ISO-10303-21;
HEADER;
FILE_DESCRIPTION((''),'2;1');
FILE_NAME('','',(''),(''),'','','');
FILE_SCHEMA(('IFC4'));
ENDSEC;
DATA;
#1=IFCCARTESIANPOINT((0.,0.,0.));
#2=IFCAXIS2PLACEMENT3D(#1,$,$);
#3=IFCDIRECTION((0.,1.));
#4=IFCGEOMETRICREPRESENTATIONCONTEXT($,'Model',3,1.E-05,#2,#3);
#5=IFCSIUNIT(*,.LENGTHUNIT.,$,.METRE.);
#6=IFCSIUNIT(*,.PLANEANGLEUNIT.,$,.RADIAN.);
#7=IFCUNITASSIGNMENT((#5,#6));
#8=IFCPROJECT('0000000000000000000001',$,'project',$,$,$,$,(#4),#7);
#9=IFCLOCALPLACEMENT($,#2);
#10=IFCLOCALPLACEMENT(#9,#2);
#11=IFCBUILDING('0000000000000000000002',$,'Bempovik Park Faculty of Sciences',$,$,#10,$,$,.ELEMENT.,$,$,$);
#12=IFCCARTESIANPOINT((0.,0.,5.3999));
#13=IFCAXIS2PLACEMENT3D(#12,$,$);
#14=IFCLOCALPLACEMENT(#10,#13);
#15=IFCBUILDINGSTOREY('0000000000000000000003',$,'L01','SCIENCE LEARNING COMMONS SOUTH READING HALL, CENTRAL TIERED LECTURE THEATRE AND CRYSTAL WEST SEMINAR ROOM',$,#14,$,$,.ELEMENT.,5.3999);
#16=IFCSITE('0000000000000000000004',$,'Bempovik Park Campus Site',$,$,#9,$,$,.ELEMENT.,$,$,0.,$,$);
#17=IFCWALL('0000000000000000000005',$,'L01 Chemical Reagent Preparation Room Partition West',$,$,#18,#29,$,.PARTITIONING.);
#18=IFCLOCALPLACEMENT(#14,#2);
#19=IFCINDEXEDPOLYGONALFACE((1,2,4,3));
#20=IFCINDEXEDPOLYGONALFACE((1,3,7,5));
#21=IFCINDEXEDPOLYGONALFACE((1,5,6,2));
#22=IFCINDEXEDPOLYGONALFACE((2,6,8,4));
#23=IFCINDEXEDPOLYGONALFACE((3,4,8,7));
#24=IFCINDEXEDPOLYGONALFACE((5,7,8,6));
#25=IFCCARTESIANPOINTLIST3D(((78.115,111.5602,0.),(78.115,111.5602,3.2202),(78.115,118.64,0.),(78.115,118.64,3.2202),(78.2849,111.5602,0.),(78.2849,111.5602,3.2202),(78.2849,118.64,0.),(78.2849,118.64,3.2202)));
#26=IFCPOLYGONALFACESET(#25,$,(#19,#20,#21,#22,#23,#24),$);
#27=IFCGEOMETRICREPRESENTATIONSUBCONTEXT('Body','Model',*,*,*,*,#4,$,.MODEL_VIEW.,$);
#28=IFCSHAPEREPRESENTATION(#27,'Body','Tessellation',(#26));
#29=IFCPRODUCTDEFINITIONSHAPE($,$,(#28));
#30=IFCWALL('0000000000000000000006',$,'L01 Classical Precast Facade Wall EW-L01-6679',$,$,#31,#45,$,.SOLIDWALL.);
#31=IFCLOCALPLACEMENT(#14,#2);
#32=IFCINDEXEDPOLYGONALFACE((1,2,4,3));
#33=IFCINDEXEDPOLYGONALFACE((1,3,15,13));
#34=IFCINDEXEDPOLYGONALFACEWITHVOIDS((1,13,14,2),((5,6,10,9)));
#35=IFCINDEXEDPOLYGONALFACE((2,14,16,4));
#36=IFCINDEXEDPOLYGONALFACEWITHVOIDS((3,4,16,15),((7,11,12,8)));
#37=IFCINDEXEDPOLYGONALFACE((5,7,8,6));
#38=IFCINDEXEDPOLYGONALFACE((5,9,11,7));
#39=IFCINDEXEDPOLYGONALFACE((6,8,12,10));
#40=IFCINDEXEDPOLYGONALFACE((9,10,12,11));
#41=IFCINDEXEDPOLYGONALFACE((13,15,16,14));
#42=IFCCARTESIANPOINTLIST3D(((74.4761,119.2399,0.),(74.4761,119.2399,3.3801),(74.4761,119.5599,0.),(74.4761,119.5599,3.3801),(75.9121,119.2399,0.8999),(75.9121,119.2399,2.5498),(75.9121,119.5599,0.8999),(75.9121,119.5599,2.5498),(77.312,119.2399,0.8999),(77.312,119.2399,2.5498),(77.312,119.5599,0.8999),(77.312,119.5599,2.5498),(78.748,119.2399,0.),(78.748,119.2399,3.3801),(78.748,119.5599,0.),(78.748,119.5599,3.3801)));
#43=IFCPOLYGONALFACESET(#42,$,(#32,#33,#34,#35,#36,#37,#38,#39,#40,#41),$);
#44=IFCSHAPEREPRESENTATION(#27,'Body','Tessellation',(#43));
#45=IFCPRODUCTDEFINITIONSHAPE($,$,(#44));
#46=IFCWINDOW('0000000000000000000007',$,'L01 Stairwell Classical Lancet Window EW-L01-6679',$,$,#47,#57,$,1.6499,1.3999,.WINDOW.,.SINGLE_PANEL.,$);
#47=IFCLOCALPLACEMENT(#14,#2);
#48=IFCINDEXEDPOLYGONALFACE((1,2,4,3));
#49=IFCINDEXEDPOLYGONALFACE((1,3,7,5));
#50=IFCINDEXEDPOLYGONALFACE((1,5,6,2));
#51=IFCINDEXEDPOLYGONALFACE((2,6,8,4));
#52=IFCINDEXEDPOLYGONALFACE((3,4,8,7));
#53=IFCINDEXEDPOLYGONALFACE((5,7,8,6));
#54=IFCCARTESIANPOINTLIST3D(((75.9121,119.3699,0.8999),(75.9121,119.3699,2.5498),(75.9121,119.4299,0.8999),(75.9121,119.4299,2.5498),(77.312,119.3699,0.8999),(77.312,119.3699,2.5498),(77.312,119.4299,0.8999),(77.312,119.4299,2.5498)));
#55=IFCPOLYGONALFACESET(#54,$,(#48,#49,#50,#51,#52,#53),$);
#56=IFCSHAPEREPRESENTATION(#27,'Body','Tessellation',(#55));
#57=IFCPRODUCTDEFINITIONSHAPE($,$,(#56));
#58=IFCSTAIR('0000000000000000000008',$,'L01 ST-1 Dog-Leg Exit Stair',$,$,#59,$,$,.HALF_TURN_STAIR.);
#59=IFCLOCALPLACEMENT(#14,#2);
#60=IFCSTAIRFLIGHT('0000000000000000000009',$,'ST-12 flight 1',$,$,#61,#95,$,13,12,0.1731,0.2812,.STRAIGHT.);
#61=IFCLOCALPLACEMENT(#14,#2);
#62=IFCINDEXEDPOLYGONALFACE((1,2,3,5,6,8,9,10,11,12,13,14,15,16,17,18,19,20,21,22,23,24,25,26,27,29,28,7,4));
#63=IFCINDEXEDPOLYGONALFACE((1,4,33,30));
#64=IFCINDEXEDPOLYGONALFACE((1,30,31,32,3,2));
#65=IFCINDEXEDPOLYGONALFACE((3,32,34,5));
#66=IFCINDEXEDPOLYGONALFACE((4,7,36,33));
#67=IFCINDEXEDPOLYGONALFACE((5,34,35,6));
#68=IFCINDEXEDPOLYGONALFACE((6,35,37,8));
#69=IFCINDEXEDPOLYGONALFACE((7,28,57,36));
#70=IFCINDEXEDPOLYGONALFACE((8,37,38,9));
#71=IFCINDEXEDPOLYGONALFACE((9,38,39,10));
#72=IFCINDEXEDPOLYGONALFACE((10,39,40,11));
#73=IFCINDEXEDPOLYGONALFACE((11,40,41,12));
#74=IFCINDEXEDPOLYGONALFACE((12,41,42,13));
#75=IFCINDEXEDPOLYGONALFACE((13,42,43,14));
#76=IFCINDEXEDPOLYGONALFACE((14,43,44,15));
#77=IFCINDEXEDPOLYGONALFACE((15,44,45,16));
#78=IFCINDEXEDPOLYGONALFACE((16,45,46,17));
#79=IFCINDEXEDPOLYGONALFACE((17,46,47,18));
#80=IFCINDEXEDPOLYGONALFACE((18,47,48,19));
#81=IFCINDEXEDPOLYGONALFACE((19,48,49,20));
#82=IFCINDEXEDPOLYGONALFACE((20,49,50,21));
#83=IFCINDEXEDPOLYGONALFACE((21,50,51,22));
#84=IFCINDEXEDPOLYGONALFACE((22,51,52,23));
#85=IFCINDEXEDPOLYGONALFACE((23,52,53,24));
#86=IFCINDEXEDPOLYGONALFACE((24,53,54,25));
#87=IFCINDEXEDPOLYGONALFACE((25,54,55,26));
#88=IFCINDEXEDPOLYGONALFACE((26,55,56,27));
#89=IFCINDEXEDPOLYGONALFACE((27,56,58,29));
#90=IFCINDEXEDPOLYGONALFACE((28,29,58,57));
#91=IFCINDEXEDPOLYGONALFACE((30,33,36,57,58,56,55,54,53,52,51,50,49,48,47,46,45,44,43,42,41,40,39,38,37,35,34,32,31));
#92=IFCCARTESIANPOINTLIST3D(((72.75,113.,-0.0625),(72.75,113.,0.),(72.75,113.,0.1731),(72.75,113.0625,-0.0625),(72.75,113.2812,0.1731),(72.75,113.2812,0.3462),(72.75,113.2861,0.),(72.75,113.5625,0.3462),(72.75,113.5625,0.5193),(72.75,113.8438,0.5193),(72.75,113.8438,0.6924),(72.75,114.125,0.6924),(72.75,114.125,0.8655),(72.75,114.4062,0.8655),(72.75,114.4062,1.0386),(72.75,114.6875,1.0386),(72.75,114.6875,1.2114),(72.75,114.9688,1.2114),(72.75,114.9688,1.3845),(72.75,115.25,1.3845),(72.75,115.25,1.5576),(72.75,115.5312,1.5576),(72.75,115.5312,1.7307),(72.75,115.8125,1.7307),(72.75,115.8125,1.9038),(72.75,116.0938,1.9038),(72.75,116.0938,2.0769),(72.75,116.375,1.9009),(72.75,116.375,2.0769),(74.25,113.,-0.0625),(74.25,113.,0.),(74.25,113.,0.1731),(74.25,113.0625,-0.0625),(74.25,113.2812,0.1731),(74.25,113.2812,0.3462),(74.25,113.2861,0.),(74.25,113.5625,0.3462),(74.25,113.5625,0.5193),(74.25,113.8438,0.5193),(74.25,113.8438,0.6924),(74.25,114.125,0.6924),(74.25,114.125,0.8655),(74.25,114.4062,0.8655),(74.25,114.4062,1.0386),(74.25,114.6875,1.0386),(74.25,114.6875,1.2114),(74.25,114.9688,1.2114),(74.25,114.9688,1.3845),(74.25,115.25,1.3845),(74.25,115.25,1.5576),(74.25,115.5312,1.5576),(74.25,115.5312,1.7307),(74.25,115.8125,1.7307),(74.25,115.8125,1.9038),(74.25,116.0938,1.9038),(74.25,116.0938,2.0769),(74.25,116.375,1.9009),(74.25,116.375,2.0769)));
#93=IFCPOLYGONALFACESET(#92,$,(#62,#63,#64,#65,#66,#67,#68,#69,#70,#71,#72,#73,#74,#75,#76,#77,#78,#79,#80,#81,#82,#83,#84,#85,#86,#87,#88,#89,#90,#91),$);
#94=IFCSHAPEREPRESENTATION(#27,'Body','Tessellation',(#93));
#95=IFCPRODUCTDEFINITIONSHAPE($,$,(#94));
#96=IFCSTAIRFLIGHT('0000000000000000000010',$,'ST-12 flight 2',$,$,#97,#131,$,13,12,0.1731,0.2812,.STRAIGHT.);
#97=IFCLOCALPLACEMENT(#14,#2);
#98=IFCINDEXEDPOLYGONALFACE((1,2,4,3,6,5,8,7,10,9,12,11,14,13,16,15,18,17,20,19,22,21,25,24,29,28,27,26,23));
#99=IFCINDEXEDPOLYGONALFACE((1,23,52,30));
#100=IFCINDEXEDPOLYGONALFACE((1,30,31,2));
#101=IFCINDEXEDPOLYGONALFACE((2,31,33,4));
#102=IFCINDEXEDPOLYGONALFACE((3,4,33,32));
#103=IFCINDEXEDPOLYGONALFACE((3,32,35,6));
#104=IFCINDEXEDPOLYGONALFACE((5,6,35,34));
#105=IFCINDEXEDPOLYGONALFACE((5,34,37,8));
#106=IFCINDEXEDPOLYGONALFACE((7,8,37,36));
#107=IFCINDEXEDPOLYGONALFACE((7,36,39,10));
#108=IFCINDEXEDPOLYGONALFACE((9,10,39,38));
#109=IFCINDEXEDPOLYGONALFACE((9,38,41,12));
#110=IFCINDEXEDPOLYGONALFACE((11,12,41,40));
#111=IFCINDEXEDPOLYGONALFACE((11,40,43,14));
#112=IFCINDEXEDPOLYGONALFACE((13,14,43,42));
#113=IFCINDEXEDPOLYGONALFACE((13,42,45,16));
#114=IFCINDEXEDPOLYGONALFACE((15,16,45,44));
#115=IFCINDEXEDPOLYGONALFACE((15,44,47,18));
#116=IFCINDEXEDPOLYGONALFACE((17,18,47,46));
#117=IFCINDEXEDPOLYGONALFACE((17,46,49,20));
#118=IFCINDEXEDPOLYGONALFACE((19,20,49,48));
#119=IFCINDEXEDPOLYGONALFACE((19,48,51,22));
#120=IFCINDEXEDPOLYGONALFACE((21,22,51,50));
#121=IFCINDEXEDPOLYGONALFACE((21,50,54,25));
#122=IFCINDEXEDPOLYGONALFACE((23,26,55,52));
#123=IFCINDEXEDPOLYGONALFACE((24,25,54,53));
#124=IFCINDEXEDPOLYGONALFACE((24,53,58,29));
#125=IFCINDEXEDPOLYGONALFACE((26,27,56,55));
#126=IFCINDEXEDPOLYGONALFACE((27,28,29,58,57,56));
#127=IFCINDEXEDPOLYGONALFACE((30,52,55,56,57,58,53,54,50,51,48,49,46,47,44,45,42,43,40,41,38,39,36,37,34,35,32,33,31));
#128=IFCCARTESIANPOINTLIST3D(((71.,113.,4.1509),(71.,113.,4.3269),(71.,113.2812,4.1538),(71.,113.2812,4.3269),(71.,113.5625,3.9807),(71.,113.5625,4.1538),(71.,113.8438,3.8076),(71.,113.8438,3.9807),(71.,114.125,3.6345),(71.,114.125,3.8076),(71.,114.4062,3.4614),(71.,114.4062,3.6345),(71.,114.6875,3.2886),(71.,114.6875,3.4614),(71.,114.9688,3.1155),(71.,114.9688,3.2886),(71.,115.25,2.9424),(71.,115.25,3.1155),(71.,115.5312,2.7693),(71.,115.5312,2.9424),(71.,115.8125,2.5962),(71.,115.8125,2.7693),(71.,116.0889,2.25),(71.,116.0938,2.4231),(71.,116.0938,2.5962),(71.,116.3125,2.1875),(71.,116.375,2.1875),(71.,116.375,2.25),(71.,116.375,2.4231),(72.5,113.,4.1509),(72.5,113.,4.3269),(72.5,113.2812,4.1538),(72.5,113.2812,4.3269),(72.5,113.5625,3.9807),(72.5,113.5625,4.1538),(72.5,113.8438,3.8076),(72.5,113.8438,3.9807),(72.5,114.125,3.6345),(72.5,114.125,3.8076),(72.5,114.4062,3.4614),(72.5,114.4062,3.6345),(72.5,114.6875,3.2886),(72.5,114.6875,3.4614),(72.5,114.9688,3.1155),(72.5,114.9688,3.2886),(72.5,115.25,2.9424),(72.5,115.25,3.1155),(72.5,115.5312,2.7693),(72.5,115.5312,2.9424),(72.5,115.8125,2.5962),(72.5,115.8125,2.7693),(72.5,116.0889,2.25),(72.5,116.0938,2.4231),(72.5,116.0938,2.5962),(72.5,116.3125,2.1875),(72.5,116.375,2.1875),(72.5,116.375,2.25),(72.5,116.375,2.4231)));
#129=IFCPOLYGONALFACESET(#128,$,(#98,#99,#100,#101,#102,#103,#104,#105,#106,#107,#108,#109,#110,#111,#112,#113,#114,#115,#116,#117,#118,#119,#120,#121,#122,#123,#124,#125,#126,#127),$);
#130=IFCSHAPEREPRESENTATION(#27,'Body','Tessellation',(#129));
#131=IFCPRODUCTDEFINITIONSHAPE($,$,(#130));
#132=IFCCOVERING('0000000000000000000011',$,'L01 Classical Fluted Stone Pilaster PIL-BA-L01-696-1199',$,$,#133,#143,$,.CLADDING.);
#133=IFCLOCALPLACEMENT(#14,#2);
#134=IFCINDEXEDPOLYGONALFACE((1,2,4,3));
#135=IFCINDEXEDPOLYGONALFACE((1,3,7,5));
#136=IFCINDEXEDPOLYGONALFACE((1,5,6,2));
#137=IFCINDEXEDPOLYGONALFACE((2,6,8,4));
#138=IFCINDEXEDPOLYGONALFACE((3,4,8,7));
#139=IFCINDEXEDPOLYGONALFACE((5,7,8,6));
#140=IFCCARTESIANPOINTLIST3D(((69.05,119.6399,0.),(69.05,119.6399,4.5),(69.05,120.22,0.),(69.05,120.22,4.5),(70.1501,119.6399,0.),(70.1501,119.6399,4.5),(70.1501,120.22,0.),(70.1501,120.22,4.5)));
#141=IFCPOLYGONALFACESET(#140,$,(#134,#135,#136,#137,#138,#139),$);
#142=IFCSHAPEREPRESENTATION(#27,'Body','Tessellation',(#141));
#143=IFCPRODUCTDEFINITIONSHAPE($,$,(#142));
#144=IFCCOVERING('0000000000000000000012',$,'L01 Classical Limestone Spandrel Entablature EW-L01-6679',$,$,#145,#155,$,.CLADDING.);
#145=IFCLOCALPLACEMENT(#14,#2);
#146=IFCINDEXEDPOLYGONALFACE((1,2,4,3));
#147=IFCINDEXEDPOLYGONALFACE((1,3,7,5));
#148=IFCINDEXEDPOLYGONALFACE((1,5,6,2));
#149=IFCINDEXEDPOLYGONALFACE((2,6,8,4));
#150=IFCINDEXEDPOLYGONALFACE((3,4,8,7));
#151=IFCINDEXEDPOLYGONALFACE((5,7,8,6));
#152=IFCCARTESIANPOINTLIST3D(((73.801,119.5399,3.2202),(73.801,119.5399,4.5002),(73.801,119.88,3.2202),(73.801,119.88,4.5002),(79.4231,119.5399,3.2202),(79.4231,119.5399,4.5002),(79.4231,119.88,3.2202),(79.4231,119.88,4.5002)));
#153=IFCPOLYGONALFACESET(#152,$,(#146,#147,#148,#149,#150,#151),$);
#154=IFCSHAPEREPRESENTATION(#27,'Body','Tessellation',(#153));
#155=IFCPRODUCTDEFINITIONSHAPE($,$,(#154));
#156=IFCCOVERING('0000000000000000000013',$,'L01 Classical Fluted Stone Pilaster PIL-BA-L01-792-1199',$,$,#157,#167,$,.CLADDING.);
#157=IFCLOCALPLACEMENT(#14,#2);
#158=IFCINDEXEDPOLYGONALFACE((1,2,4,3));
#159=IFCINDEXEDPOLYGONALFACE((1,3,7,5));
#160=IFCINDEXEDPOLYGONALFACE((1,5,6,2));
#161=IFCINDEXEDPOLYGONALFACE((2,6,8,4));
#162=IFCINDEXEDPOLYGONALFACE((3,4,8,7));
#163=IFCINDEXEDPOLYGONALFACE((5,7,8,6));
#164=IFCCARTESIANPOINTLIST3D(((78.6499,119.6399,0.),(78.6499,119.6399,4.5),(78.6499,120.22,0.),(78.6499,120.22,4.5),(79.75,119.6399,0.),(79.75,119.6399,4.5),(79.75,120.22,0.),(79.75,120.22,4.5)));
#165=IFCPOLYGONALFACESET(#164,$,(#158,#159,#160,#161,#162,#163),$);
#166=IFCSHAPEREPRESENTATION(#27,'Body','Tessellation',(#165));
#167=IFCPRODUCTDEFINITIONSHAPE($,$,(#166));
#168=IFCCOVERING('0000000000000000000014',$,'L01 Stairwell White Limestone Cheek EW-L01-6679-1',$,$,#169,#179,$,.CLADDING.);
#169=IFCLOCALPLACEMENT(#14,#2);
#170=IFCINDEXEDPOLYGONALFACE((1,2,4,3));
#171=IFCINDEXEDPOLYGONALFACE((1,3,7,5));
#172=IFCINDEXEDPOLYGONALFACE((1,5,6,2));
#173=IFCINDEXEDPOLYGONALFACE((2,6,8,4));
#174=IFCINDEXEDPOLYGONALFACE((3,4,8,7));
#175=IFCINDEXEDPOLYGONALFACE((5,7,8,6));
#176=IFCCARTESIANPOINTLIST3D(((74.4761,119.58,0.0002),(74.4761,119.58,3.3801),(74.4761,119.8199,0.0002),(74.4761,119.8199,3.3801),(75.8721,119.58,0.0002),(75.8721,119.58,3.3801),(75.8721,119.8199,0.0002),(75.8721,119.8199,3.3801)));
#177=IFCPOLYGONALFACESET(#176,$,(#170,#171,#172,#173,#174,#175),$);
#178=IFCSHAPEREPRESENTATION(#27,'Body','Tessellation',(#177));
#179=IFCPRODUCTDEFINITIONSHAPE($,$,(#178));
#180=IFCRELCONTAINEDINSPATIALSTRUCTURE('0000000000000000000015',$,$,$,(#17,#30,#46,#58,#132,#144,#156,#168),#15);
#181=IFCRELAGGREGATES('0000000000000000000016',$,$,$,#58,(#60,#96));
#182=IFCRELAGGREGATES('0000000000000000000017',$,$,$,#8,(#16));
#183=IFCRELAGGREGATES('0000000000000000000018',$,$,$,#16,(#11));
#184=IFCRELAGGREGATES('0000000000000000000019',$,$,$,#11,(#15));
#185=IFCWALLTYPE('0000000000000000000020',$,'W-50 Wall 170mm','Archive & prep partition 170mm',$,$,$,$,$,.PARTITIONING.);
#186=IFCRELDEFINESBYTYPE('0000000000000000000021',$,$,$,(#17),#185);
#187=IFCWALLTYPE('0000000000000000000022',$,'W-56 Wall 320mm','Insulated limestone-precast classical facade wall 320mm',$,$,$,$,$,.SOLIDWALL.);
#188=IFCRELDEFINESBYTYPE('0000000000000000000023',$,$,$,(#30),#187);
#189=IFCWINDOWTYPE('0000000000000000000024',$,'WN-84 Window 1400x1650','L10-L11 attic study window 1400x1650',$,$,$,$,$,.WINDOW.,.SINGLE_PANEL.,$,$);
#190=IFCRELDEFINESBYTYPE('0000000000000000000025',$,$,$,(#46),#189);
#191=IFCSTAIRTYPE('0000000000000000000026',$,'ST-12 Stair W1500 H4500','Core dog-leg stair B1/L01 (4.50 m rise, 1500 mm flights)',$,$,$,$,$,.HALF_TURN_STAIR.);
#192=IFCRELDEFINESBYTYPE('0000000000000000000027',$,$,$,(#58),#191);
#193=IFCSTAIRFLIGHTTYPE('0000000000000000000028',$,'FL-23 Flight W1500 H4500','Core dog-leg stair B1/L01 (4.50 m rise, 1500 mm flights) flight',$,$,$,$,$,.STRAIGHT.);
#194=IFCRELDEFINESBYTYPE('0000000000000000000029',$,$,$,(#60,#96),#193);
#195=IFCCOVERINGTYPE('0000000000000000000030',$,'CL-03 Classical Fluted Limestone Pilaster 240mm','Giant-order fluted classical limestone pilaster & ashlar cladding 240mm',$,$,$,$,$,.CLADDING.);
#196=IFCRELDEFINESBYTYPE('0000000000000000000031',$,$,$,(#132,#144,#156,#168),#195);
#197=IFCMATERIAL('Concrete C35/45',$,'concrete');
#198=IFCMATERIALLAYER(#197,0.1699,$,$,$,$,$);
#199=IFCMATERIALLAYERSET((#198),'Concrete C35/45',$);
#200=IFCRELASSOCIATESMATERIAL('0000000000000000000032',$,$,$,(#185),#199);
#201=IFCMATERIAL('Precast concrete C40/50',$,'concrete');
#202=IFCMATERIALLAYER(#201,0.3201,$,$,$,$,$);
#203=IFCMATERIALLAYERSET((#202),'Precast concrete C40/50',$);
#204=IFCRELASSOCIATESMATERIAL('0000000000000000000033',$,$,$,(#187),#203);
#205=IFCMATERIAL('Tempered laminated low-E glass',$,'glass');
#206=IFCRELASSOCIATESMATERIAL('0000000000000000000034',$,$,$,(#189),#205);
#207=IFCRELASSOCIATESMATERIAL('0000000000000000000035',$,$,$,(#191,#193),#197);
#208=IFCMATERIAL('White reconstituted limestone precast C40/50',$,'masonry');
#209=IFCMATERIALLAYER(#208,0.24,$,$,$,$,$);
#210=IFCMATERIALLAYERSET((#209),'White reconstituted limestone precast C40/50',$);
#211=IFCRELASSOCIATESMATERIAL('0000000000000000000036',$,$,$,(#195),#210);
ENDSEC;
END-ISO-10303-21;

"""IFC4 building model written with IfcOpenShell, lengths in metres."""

from ifc_helpers import new_model, si_unit, direction, frame, frame_2d, origin, origin_2d, place, context, subcontext, project, spatial, polyline, rectangle, outline, extrude, material, layer, layer_set, type_object, element, fill, aggregate, save


model = new_model("IFC4")

# Units and contexts
model_context = context("Model", 3, precision=1e-05, world=origin(), true_north=direction((0.0, 1.0)))
body_context = subcontext(model_context, "Body", "Model", "MODEL_VIEW")
ifc_project = project(units=[si_unit("LENGTHUNIT", "METRE"), si_unit("PLANEANGLEUNIT", "RADIAN")], contexts=[model_context])

# Site, building, storey
site_placement = place(None, origin())
site = spatial("IfcSite", under=ifc_project, at=site_placement, Name="Bempovik Park Campus Site", CompositionType="ELEMENT", RefElevation=0.0)
building_placement = place(site_placement, origin())
building = spatial("IfcBuilding", under=site, at=building_placement, Name="Bempovik Park Faculty of Sciences", CompositionType="ELEMENT")
storey_placement = place(building_placement, frame((0.0, 0.0, 5.3999)))
storey = spatial("IfcBuildingStorey", under=building, at=storey_placement, Name="L01", Description="SCIENCE LEARNING COMMONS SOUTH READING HALL, CENTRAL TIERED LECTURE THEATRE AND CRYSTAL WEST SEMINAR ROOM", CompositionType="ELEMENT", Elevation=5.3999)

# Shared definitions
ifc_material_1 = material(Name="Concrete C35/45", Category="concrete")

# Wall
ifc_layer_1 = layer(ifc_material_1, 0.1699)
ifc_layer_set_1 = layer_set([ifc_layer_1], Name="Concrete C35/45")
wall_type_1 = type_object("IfcWallType", Name="W-50 Wall 170mm", Description="Archive & prep partition 170mm", PredefinedType="PARTITIONING", material=ifc_layer_set_1)
wall_1_placement = place(storey_placement, frame((78.2, 111.5601, 0.0), z_axis=(0.0, 0.0, 1.0), x_axis=(0.0, 1.0, 0.0)))
element("IfcWall", 1, at=wall_1_placement, inside=storey, type_object=wall_type_1, Name="L01 Chemical Reagent Preparation Room Partition West", PredefinedType="PARTITIONING", context=body_context, shape_type="SweptSolid", body=[
    extrude(rectangle(XDim=7.0798, YDim=0.1699, at=frame_2d((3.54, 0.0))), origin(), (0.0, 0.0, 1.0), 3.2202),
])

# Wall, opening, window
ifc_material_2 = material(Name="Precast concrete C40/50", Category="concrete")
ifc_layer_2 = layer(ifc_material_2, 0.3201)
ifc_layer_set_2 = layer_set([ifc_layer_2], Name="Precast concrete C40/50")
wall_type_2 = type_object("IfcWallType", Name="W-56 Wall 320mm", Description="Insulated limestone-precast classical facade wall 320mm", PredefinedType="SOLIDWALL", material=ifc_layer_set_2)
wall_2_placement = place(storey_placement, frame((74.4761, 119.3999, 0.0), z_axis=(0.0, 0.0, 1.0), x_axis=(1.0, 0.0, 0.0)))
wall_2 = element("IfcWall", 2, at=wall_2_placement, inside=storey, type_object=wall_type_2, Name="L01 Classical Precast Facade Wall EW-L01-6679", PredefinedType="SOLIDWALL", context=body_context, shape_type="SweptSolid", body=[
    extrude(rectangle(XDim=4.272, YDim=0.3201, at=frame_2d((2.136, 0.0))), origin(), (0.0, 0.0, 1.0), 3.3801),
])
opening_1_placement = place(wall_2_placement, frame((1.436, 0.0, 0.8999)))
opening_1 = element("IfcOpeningElement", 3, at=opening_1_placement, cuts=wall_2, PredefinedType="OPENING", context=body_context, shape_type="SweptSolid", body=[
    extrude(rectangle(XDim=1.3999, YDim=1.6499, at=frame_2d((0.7, 0.825))), frame((0.0, 0.1699, 0.0), z_axis=(0.0, -1.0, 0.0), x_axis=(1.0, 0.0, 0.0)), (0.0, 0.0, 1.0), 0.3401),
])
ifc_material_3 = material(Name="Tempered laminated low-E glass", Category="glass")
window_type = type_object("IfcWindowType", Name="WN-84 Window 1400x1650", Description="L10-L11 attic study window 1400x1650", PartitioningType="SINGLE_PANEL", PredefinedType="WINDOW", material=ifc_material_3)
window_placement = place(opening_1_placement, origin())
window = element("IfcWindow", 4, at=window_placement, inside=storey, type_object=window_type, Name="L01 Stairwell Classical Lancet Window EW-L01-6679", OverallHeight=1.6499, OverallWidth=1.3999, PartitioningType="SINGLE_PANEL", PredefinedType="WINDOW", context=body_context, shape_type="SweptSolid", body=[
    extrude(rectangle(XDim=1.3999, YDim=1.6499, at=frame_2d((0.7, 0.825))), frame((0.0, 0.03, 0.0), z_axis=(0.0, -1.0, 0.0), x_axis=(1.0, 0.0, 0.0)), (0.0, 0.0, 1.0), 0.0601),
])
fill(opening_1, window)

# Stair, stair flights
stair_type = type_object("IfcStairType", Name="ST-12 Stair W1500 H4500", Description="Core dog-leg stair B1/L01 (4.50 m rise, 1500 mm flights)", PredefinedType="HALF_TURN_STAIR", material=ifc_material_1)
stair_placement = place(storey_placement, origin())
stair = element("IfcStair", 5, at=stair_placement, inside=storey, type_object=stair_type, Name="L01 ST-1 Dog-Leg Exit Stair", PredefinedType="HALF_TURN_STAIR")
stair_flight_type = type_object("IfcStairFlightType", Name="FL-23 Flight W1500 H4500", Description="Core dog-leg stair B1/L01 (4.50 m rise, 1500 mm flights) flight", PredefinedType="STRAIGHT", material=ifc_material_1)
stair_flight_1_placement = place(storey_placement, frame((73.5, 113.0, 0.0), z_axis=(0.0, 0.0, 1.0), x_axis=(0.0, 1.0, 0.0)))
stair_flight_1 = element("IfcStairFlight", 6, at=stair_flight_1_placement, type_object=stair_flight_type, Name="ST-12 flight 1", NumberOfRisers=13, NumberOfTreads=12, PredefinedType="STRAIGHT", RiserHeight=0.1731, TreadLength=0.2812, context=body_context, shape_type="SweptSolid", body=[
    extrude(outline(polyline([(0.0, 0.0), (0.0, 0.1731), (0.2812, 0.1731), (0.2812, 0.3462), (0.5625, 0.3462), (0.5625, 0.5193), (0.8438, 0.5193), (0.8438, 0.6924), (1.125, 0.6924), (1.125, 0.8655), (1.4062, 0.8655), (1.4062, 1.0386), (1.6875, 1.0386), (1.6875, 1.2114), (1.9688, 1.2114), (1.9688, 1.3845), (2.25, 1.3845), (2.25, 1.5576), (2.5312, 1.5576), (2.5312, 1.7307), (2.8125, 1.7307), (2.8125, 1.9038), (3.0938, 1.9038), (3.0938, 2.0769), (3.375, 2.0769), (3.375, 2.25), (3.375, 1.9009), (0.2861, 0.0), (0.0625, -0.0625), (0.0, -0.0625), (0.0, 0.0)])), frame((0.0, 0.75, 0.0), z_axis=(0.0, -1.0, 0.0), x_axis=(1.0, 0.0, 0.0)), (0.0, 0.0, 1.0), 1.5),
])
stair_flight_2_placement = place(storey_placement, frame((71.75, 116.375, 2.25), z_axis=(0.0, 0.0, 1.0), x_axis=(0.0, -1.0, 0.0)))
stair_flight_2 = element("IfcStairFlight", 7, at=stair_flight_2_placement, type_object=stair_flight_type, Name="ST-12 flight 2", NumberOfRisers=13, NumberOfTreads=12, PredefinedType="STRAIGHT", RiserHeight=0.1731, TreadLength=0.2812, context=body_context, shape_type="SweptSolid", body=[
    extrude(outline(polyline([(0.0, 0.0), (0.0, 0.1731), (0.2812, 0.1731), (0.2812, 0.3462), (0.5625, 0.3462), (0.5625, 0.5193), (0.8438, 0.5193), (0.8438, 0.6924), (1.125, 0.6924), (1.125, 0.8655), (1.4062, 0.8655), (1.4062, 1.0386), (1.6875, 1.0386), (1.6875, 1.2114), (1.9688, 1.2114), (1.9688, 1.3845), (2.25, 1.3845), (2.25, 1.5576), (2.5312, 1.5576), (2.5312, 1.7307), (2.8125, 1.7307), (2.8125, 1.9038), (3.0938, 1.9038), (3.0938, 2.0769), (3.375, 2.0769), (3.375, 2.25), (3.375, 1.9009), (0.2861, 0.0), (0.0625, -0.0625), (0.0, -0.0625), (0.0, 0.0)])), frame((0.0, 0.75, 0.0), z_axis=(0.0, -1.0, 0.0), x_axis=(1.0, 0.0, 0.0)), (0.0, 0.0, 1.0), 1.5),
])
aggregate(stair, [stair_flight_1, stair_flight_2])

# Coverings
ifc_material_4 = material(Name="White reconstituted limestone precast C40/50", Category="masonry")
ifc_layer_3 = layer(ifc_material_4, 0.24)
ifc_layer_set_3 = layer_set([ifc_layer_3], Name="White reconstituted limestone precast C40/50")
covering_type = type_object("IfcCoveringType", Name="CL-03 Classical Fluted Limestone Pilaster 240mm", Description="Giant-order fluted classical limestone pilaster & ashlar cladding 240mm", PredefinedType="CLADDING", material=ifc_layer_set_3)
covering_1_placement = place(storey_placement, frame((69.6001, 119.9299, 0.0), z_axis=(0.0, 0.0, 1.0), x_axis=(1.0, 0.0, 0.0)))
element("IfcCovering", 8, at=covering_1_placement, inside=storey, type_object=covering_type, Name="L01 Classical Fluted Stone Pilaster PIL-BA-L01-696-1199", PredefinedType="CLADDING", context=body_context, shape_type="SweptSolid", body=[
    extrude(rectangle(XDim=1.1001, YDim=0.5801, at=origin_2d()), origin(), (0.0, 0.0, 1.0), 4.5),
])
covering_2_placement = place(storey_placement, frame((76.6121, 119.71, 3.2202), z_axis=(0.0, 0.0, 1.0), x_axis=(1.0, 0.0, 0.0)))
element("IfcCovering", 9, at=covering_2_placement, inside=storey, type_object=covering_type, Name="L01 Classical Limestone Spandrel Entablature EW-L01-6679", PredefinedType="CLADDING", context=body_context, shape_type="SweptSolid", body=[
    extrude(rectangle(XDim=5.6221, YDim=0.3401, at=origin_2d()), origin(), (0.0, 0.0, 1.0), 1.28),
])
covering_3_placement = place(storey_placement, frame((79.2, 119.9299, 0.0), z_axis=(0.0, 0.0, 1.0), x_axis=(1.0, 0.0, 0.0)))
element("IfcCovering", 10, at=covering_3_placement, inside=storey, type_object=covering_type, Name="L01 Classical Fluted Stone Pilaster PIL-BA-L01-792-1199", PredefinedType="CLADDING", context=body_context, shape_type="SweptSolid", body=[
    extrude(rectangle(XDim=1.1001, YDim=0.5801, at=origin_2d()), origin(), (0.0, 0.0, 1.0), 4.5),
])
for number, where, z_axis, x_axis, name in (
    (11, (75.1741, 119.7, 0.0002), (0.0, 0.0, 1.0), (1.0, 0.0, 0.0), "L01 Stairwell White Limestone Cheek EW-L01-6679-1"),
):
    element("IfcCovering", number, at=place(storey_placement, frame(where, z_axis=z_axis, x_axis=x_axis)), inside=storey, type_object=covering_type, Name=name, PredefinedType="CLADDING", context=body_context, shape_type="SweptSolid", body=[
        extrude(rectangle(XDim=1.396, YDim=0.24, at=origin_2d()), origin(), (0.0, 0.0, 1.0), 3.3799),
    ])

save(model, "model.ifc")
